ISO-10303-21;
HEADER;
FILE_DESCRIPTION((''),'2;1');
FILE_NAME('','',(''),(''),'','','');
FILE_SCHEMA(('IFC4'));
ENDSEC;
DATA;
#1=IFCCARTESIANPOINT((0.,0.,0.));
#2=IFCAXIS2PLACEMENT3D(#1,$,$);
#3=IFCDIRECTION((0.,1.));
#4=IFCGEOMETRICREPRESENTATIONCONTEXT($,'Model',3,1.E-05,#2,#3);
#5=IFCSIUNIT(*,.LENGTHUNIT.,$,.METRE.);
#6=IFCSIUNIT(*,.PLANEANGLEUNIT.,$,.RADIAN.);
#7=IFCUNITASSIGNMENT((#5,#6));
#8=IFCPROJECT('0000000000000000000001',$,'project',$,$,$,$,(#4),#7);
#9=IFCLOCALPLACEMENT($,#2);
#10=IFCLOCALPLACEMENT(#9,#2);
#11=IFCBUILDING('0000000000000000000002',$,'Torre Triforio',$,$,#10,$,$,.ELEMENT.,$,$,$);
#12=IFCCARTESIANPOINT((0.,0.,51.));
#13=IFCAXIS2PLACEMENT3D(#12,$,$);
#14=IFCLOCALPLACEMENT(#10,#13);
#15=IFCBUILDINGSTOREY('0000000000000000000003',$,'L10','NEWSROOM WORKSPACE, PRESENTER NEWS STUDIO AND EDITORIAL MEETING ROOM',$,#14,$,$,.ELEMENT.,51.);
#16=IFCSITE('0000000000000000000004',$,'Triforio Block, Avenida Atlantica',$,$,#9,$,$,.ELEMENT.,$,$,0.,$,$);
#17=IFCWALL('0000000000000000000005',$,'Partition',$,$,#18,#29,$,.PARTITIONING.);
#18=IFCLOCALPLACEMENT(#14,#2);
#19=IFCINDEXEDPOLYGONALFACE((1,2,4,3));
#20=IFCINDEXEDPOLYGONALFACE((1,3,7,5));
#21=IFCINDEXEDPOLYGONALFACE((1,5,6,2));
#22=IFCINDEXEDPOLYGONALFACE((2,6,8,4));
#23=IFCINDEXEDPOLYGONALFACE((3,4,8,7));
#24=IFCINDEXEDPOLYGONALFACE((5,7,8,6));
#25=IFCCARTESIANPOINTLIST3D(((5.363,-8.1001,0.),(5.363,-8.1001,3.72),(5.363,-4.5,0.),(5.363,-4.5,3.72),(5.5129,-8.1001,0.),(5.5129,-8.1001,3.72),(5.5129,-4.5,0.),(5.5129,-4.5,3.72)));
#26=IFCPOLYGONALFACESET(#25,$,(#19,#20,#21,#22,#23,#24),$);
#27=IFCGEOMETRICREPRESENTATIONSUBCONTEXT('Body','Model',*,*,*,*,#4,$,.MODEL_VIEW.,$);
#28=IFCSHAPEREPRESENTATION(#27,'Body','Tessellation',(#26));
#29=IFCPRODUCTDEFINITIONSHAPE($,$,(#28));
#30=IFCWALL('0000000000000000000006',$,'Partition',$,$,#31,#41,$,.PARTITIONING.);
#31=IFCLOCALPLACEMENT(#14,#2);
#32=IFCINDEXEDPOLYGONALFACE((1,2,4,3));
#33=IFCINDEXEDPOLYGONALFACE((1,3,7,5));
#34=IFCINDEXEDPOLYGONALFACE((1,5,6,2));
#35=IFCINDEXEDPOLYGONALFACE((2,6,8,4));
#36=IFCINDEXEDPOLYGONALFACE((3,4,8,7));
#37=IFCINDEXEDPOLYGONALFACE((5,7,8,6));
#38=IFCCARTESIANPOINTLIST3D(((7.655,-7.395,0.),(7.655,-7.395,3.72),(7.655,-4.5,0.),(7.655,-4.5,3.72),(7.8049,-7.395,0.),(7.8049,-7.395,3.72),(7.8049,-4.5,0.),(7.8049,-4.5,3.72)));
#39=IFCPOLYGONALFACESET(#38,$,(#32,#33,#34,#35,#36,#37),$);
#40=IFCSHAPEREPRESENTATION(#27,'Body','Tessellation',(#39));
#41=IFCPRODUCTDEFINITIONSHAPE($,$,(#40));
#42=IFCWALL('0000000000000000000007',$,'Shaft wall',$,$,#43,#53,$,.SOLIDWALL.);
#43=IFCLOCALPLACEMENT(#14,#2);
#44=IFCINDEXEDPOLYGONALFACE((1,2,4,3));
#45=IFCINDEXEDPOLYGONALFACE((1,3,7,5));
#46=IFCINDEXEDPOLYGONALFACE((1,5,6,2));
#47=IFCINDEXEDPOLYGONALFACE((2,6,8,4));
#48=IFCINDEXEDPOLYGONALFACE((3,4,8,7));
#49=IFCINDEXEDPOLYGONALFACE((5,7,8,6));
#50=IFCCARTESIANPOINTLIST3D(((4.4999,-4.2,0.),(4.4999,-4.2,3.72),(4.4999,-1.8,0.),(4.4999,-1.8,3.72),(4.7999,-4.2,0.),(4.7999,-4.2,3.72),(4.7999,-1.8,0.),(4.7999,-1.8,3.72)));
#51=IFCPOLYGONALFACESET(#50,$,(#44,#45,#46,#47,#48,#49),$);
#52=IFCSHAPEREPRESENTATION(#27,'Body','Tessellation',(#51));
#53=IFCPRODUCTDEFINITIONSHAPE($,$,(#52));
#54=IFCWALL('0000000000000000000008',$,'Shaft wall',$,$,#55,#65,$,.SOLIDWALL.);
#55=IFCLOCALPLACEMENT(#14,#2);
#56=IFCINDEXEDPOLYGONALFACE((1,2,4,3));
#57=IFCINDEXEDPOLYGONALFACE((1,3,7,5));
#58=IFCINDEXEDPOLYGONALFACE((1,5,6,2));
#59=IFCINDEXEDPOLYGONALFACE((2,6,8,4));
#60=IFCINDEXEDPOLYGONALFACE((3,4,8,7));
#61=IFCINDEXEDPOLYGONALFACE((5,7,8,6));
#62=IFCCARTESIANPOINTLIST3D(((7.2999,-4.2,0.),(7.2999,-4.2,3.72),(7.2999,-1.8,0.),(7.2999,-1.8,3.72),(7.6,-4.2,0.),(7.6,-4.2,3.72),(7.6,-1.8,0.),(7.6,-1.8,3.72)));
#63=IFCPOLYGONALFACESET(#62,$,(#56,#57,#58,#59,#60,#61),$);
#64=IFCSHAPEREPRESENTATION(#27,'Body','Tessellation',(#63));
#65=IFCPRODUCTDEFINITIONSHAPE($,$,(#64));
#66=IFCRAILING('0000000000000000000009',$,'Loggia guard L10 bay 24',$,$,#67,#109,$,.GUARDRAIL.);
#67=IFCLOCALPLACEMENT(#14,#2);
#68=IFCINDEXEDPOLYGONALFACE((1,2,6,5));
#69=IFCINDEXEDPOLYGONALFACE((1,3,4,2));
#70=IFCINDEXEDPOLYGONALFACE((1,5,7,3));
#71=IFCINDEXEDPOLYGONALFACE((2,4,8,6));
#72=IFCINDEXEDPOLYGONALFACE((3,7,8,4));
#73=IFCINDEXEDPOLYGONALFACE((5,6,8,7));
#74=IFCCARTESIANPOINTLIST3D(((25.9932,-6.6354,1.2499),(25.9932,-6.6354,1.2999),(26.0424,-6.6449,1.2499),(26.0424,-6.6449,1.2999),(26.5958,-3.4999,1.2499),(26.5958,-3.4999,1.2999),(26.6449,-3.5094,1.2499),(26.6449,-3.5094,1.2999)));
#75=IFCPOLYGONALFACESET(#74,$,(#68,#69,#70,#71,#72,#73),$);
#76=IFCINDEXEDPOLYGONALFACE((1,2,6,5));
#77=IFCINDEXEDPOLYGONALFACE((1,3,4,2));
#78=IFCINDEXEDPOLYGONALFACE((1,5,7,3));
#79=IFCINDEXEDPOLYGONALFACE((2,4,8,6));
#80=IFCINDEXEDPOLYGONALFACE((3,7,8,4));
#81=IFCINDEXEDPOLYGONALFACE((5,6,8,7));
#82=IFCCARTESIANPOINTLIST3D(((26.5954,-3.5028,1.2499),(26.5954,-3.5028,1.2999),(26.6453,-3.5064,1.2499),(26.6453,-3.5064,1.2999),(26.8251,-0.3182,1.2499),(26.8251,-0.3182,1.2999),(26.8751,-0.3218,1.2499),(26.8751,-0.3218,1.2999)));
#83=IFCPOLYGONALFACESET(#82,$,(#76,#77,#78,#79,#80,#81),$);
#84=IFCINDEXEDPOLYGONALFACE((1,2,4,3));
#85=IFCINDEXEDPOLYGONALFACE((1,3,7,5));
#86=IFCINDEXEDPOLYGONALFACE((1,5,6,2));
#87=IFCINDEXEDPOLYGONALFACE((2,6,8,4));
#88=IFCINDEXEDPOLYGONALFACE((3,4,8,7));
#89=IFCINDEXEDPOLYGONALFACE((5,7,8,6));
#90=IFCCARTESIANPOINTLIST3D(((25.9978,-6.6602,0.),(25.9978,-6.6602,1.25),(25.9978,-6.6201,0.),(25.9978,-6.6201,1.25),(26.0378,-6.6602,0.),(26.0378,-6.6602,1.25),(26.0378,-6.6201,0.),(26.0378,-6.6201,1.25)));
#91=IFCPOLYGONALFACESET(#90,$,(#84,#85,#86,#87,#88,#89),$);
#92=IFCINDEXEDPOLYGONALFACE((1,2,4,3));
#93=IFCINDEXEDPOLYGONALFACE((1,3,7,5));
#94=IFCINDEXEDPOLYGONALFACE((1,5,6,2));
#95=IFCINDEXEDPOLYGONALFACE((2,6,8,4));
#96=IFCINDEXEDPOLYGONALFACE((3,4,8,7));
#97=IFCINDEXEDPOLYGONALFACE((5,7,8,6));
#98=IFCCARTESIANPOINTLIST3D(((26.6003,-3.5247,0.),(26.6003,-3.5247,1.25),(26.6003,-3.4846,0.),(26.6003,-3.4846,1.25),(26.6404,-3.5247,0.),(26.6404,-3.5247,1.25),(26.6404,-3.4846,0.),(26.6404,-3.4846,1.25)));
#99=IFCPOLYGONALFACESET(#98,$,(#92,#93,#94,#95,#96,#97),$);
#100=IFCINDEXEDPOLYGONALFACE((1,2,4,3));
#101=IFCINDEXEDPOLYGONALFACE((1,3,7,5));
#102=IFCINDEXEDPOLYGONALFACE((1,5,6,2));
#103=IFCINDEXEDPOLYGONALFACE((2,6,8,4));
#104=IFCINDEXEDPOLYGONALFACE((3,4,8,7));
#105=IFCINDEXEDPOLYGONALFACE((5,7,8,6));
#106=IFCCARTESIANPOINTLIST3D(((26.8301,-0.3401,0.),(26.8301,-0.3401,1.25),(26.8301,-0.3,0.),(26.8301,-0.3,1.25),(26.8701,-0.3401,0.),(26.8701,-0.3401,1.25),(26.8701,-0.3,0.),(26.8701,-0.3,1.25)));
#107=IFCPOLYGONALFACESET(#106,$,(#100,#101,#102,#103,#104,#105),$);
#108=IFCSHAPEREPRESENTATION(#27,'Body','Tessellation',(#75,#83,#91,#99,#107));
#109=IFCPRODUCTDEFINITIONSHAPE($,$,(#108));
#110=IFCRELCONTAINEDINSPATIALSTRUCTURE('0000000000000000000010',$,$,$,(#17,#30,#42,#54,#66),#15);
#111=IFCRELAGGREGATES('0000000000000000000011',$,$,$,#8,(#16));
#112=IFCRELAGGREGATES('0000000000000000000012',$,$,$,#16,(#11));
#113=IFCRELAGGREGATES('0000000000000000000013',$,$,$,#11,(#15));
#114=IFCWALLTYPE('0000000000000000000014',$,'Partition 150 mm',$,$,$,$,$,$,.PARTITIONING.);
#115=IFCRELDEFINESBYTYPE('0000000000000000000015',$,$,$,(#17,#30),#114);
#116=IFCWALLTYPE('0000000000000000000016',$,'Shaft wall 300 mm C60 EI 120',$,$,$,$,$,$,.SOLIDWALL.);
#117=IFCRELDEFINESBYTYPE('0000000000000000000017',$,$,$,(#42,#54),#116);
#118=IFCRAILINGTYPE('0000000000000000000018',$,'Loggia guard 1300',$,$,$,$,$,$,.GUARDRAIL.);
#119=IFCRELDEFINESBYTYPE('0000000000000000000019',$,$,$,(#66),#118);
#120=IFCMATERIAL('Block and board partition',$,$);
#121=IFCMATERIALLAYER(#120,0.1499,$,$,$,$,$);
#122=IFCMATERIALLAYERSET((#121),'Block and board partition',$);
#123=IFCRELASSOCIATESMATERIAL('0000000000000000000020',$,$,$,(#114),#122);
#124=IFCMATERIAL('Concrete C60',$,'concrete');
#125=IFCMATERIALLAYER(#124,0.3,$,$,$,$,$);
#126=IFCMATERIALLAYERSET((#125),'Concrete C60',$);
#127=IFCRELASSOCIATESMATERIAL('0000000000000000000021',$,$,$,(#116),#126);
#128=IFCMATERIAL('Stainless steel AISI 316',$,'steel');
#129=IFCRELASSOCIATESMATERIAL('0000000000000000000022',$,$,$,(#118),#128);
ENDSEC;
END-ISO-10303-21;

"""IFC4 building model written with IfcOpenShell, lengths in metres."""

from ifc_helpers import new_model, si_unit, direction, frame, frame_2d, origin, origin_2d, place, context, subcontext, project, spatial, rectangle, extrude, material, layer, layer_set, type_object, element, save


model = new_model("IFC4")

# Units and contexts
model_context = context("Model", 3, precision=1e-05, world=origin(), true_north=direction((0.0, 1.0)))
body_context = subcontext(model_context, "Body", "Model", "MODEL_VIEW")
ifc_project = project(units=[si_unit("LENGTHUNIT", "METRE"), si_unit("PLANEANGLEUNIT", "RADIAN")], contexts=[model_context])

# Site, building, storey
site_placement = place(None, origin())
site = spatial("IfcSite", under=ifc_project, at=site_placement, Name="Triforio Block, Avenida Atlantica", CompositionType="ELEMENT", RefElevation=0.0)
building_placement = place(site_placement, origin())
building = spatial("IfcBuilding", under=site, at=building_placement, Name="Torre Triforio", CompositionType="ELEMENT")
storey_placement = place(building_placement, frame((0.0, 0.0, 51.0)))
storey = spatial("IfcBuildingStorey", under=building, at=storey_placement, Name="L10", Description="NEWSROOM WORKSPACE, PRESENTER NEWS STUDIO AND EDITORIAL MEETING ROOM", CompositionType="ELEMENT", Elevation=51.0)

# Shared definitions
ifc_material_1 = material(Name="Concrete C60", Category="concrete")

# Walls
ifc_material_2 = material(Name="Block and board partition")
ifc_layer_1 = layer(ifc_material_2, 0.1499)
ifc_layer_set_1 = layer_set([ifc_layer_1], Name="Block and board partition")
wall_type_1 = type_object("IfcWallType", Name="Partition 150 mm", PredefinedType="PARTITIONING", material=ifc_layer_set_1)
for number, where, z_axis, x_axis, name in (
    (1, (5.438, -8.1001, 0.0), (0.0, 0.0, 1.0), (0.0, 1.0, 0.0), "Partition"),
):
    element("IfcWall", number, at=place(storey_placement, frame(where, z_axis=z_axis, x_axis=x_axis)), inside=storey, type_object=wall_type_1, Name=name, PredefinedType="PARTITIONING", context=body_context, shape_type="SweptSolid", body=[
        extrude(rectangle(XDim=3.6001, YDim=0.1499, at=frame_2d((1.8, 0.0))), origin(), (0.0, 0.0, 1.0), 3.72),
    ])
wall_1_placement = place(storey_placement, frame((7.73, -7.395, 0.0), z_axis=(0.0, 0.0, 1.0), x_axis=(0.0, 1.0, 0.0)))
element("IfcWall", 2, at=wall_1_placement, inside=storey, type_object=wall_type_1, Name="Partition", PredefinedType="PARTITIONING", context=body_context, shape_type="SweptSolid", body=[
    extrude(rectangle(XDim=2.895, YDim=0.1499, at=frame_2d((1.4475, 0.0))), origin(), (0.0, 0.0, 1.0), 3.72),
])
ifc_layer_2 = layer(ifc_material_1, 0.3)
ifc_layer_set_2 = layer_set([ifc_layer_2], Name="Concrete C60")
wall_type_2 = type_object("IfcWallType", Name="Shaft wall 300 mm C60 EI 120", PredefinedType="SOLIDWALL", material=ifc_layer_set_2)
for number, where, z_axis, x_axis, name in (
    (3, (4.6499, -4.2, 0.0), (0.0, 0.0, 1.0), (0.0, 1.0, 0.0), "Shaft wall"),
    (4, (7.45, -4.2, 0.0), (0.0, 0.0, 1.0), (0.0, 1.0, 0.0), "Shaft wall"),
):
    element("IfcWall", number, at=place(storey_placement, frame(where, z_axis=z_axis, x_axis=x_axis)), inside=storey, type_object=wall_type_2, Name=name, PredefinedType="SOLIDWALL", context=body_context, shape_type="SweptSolid", body=[
        extrude(rectangle(XDim=2.3999, YDim=0.3, at=frame_2d((1.2, 0.0))), origin(), (0.0, 0.0, 1.0), 3.72),
    ])

# Railing
ifc_material_3 = material(Name="Stainless steel AISI 316", Category="steel")
railing_type = type_object("IfcRailingType", Name="Loggia guard 1300", PredefinedType="GUARDRAIL", material=ifc_material_3)
railing_placement = place(storey_placement, frame((26.0178, -6.6401, 0.0)))
element("IfcRailing", 5, at=railing_placement, inside=storey, type_object=railing_type, Name="Loggia guard L10 bay 24", PredefinedType="GUARDRAIL", context=body_context, shape_type="SweptSolid", body=[
    extrude(rectangle(XDim=0.05, YDim=0.05, at=origin_2d()), frame((0.0, 0.0, 1.2749), z_axis=(0.188714, 0.982032, 0.0), x_axis=(-0.982032, 0.188714, 0.0)), (0.0, 0.0, 1.0), 3.1929),
    extrude(rectangle(XDim=0.05, YDim=0.05, at=origin_2d()), frame((0.6025, 3.1355, 1.2749), z_axis=(0.071953, 0.997408, 0.0), x_axis=(-0.997408, 0.071953, 0.0)), (0.0, 0.0, 1.0), 3.1929),
    extrude(rectangle(XDim=0.04, YDim=0.04, at=origin_2d()), origin(), (0.0, 0.0, 1.0), 1.25),
    extrude(rectangle(XDim=0.04, YDim=0.04, at=origin_2d()), frame((0.6025, 3.1355, 0.0)), (0.0, 0.0, 1.0), 1.25),
    extrude(rectangle(XDim=0.04, YDim=0.04, at=origin_2d()), frame((0.8323, 6.3201, 0.0)), (0.0, 0.0, 1.0), 1.25),
])

save(model, "model.ifc")
